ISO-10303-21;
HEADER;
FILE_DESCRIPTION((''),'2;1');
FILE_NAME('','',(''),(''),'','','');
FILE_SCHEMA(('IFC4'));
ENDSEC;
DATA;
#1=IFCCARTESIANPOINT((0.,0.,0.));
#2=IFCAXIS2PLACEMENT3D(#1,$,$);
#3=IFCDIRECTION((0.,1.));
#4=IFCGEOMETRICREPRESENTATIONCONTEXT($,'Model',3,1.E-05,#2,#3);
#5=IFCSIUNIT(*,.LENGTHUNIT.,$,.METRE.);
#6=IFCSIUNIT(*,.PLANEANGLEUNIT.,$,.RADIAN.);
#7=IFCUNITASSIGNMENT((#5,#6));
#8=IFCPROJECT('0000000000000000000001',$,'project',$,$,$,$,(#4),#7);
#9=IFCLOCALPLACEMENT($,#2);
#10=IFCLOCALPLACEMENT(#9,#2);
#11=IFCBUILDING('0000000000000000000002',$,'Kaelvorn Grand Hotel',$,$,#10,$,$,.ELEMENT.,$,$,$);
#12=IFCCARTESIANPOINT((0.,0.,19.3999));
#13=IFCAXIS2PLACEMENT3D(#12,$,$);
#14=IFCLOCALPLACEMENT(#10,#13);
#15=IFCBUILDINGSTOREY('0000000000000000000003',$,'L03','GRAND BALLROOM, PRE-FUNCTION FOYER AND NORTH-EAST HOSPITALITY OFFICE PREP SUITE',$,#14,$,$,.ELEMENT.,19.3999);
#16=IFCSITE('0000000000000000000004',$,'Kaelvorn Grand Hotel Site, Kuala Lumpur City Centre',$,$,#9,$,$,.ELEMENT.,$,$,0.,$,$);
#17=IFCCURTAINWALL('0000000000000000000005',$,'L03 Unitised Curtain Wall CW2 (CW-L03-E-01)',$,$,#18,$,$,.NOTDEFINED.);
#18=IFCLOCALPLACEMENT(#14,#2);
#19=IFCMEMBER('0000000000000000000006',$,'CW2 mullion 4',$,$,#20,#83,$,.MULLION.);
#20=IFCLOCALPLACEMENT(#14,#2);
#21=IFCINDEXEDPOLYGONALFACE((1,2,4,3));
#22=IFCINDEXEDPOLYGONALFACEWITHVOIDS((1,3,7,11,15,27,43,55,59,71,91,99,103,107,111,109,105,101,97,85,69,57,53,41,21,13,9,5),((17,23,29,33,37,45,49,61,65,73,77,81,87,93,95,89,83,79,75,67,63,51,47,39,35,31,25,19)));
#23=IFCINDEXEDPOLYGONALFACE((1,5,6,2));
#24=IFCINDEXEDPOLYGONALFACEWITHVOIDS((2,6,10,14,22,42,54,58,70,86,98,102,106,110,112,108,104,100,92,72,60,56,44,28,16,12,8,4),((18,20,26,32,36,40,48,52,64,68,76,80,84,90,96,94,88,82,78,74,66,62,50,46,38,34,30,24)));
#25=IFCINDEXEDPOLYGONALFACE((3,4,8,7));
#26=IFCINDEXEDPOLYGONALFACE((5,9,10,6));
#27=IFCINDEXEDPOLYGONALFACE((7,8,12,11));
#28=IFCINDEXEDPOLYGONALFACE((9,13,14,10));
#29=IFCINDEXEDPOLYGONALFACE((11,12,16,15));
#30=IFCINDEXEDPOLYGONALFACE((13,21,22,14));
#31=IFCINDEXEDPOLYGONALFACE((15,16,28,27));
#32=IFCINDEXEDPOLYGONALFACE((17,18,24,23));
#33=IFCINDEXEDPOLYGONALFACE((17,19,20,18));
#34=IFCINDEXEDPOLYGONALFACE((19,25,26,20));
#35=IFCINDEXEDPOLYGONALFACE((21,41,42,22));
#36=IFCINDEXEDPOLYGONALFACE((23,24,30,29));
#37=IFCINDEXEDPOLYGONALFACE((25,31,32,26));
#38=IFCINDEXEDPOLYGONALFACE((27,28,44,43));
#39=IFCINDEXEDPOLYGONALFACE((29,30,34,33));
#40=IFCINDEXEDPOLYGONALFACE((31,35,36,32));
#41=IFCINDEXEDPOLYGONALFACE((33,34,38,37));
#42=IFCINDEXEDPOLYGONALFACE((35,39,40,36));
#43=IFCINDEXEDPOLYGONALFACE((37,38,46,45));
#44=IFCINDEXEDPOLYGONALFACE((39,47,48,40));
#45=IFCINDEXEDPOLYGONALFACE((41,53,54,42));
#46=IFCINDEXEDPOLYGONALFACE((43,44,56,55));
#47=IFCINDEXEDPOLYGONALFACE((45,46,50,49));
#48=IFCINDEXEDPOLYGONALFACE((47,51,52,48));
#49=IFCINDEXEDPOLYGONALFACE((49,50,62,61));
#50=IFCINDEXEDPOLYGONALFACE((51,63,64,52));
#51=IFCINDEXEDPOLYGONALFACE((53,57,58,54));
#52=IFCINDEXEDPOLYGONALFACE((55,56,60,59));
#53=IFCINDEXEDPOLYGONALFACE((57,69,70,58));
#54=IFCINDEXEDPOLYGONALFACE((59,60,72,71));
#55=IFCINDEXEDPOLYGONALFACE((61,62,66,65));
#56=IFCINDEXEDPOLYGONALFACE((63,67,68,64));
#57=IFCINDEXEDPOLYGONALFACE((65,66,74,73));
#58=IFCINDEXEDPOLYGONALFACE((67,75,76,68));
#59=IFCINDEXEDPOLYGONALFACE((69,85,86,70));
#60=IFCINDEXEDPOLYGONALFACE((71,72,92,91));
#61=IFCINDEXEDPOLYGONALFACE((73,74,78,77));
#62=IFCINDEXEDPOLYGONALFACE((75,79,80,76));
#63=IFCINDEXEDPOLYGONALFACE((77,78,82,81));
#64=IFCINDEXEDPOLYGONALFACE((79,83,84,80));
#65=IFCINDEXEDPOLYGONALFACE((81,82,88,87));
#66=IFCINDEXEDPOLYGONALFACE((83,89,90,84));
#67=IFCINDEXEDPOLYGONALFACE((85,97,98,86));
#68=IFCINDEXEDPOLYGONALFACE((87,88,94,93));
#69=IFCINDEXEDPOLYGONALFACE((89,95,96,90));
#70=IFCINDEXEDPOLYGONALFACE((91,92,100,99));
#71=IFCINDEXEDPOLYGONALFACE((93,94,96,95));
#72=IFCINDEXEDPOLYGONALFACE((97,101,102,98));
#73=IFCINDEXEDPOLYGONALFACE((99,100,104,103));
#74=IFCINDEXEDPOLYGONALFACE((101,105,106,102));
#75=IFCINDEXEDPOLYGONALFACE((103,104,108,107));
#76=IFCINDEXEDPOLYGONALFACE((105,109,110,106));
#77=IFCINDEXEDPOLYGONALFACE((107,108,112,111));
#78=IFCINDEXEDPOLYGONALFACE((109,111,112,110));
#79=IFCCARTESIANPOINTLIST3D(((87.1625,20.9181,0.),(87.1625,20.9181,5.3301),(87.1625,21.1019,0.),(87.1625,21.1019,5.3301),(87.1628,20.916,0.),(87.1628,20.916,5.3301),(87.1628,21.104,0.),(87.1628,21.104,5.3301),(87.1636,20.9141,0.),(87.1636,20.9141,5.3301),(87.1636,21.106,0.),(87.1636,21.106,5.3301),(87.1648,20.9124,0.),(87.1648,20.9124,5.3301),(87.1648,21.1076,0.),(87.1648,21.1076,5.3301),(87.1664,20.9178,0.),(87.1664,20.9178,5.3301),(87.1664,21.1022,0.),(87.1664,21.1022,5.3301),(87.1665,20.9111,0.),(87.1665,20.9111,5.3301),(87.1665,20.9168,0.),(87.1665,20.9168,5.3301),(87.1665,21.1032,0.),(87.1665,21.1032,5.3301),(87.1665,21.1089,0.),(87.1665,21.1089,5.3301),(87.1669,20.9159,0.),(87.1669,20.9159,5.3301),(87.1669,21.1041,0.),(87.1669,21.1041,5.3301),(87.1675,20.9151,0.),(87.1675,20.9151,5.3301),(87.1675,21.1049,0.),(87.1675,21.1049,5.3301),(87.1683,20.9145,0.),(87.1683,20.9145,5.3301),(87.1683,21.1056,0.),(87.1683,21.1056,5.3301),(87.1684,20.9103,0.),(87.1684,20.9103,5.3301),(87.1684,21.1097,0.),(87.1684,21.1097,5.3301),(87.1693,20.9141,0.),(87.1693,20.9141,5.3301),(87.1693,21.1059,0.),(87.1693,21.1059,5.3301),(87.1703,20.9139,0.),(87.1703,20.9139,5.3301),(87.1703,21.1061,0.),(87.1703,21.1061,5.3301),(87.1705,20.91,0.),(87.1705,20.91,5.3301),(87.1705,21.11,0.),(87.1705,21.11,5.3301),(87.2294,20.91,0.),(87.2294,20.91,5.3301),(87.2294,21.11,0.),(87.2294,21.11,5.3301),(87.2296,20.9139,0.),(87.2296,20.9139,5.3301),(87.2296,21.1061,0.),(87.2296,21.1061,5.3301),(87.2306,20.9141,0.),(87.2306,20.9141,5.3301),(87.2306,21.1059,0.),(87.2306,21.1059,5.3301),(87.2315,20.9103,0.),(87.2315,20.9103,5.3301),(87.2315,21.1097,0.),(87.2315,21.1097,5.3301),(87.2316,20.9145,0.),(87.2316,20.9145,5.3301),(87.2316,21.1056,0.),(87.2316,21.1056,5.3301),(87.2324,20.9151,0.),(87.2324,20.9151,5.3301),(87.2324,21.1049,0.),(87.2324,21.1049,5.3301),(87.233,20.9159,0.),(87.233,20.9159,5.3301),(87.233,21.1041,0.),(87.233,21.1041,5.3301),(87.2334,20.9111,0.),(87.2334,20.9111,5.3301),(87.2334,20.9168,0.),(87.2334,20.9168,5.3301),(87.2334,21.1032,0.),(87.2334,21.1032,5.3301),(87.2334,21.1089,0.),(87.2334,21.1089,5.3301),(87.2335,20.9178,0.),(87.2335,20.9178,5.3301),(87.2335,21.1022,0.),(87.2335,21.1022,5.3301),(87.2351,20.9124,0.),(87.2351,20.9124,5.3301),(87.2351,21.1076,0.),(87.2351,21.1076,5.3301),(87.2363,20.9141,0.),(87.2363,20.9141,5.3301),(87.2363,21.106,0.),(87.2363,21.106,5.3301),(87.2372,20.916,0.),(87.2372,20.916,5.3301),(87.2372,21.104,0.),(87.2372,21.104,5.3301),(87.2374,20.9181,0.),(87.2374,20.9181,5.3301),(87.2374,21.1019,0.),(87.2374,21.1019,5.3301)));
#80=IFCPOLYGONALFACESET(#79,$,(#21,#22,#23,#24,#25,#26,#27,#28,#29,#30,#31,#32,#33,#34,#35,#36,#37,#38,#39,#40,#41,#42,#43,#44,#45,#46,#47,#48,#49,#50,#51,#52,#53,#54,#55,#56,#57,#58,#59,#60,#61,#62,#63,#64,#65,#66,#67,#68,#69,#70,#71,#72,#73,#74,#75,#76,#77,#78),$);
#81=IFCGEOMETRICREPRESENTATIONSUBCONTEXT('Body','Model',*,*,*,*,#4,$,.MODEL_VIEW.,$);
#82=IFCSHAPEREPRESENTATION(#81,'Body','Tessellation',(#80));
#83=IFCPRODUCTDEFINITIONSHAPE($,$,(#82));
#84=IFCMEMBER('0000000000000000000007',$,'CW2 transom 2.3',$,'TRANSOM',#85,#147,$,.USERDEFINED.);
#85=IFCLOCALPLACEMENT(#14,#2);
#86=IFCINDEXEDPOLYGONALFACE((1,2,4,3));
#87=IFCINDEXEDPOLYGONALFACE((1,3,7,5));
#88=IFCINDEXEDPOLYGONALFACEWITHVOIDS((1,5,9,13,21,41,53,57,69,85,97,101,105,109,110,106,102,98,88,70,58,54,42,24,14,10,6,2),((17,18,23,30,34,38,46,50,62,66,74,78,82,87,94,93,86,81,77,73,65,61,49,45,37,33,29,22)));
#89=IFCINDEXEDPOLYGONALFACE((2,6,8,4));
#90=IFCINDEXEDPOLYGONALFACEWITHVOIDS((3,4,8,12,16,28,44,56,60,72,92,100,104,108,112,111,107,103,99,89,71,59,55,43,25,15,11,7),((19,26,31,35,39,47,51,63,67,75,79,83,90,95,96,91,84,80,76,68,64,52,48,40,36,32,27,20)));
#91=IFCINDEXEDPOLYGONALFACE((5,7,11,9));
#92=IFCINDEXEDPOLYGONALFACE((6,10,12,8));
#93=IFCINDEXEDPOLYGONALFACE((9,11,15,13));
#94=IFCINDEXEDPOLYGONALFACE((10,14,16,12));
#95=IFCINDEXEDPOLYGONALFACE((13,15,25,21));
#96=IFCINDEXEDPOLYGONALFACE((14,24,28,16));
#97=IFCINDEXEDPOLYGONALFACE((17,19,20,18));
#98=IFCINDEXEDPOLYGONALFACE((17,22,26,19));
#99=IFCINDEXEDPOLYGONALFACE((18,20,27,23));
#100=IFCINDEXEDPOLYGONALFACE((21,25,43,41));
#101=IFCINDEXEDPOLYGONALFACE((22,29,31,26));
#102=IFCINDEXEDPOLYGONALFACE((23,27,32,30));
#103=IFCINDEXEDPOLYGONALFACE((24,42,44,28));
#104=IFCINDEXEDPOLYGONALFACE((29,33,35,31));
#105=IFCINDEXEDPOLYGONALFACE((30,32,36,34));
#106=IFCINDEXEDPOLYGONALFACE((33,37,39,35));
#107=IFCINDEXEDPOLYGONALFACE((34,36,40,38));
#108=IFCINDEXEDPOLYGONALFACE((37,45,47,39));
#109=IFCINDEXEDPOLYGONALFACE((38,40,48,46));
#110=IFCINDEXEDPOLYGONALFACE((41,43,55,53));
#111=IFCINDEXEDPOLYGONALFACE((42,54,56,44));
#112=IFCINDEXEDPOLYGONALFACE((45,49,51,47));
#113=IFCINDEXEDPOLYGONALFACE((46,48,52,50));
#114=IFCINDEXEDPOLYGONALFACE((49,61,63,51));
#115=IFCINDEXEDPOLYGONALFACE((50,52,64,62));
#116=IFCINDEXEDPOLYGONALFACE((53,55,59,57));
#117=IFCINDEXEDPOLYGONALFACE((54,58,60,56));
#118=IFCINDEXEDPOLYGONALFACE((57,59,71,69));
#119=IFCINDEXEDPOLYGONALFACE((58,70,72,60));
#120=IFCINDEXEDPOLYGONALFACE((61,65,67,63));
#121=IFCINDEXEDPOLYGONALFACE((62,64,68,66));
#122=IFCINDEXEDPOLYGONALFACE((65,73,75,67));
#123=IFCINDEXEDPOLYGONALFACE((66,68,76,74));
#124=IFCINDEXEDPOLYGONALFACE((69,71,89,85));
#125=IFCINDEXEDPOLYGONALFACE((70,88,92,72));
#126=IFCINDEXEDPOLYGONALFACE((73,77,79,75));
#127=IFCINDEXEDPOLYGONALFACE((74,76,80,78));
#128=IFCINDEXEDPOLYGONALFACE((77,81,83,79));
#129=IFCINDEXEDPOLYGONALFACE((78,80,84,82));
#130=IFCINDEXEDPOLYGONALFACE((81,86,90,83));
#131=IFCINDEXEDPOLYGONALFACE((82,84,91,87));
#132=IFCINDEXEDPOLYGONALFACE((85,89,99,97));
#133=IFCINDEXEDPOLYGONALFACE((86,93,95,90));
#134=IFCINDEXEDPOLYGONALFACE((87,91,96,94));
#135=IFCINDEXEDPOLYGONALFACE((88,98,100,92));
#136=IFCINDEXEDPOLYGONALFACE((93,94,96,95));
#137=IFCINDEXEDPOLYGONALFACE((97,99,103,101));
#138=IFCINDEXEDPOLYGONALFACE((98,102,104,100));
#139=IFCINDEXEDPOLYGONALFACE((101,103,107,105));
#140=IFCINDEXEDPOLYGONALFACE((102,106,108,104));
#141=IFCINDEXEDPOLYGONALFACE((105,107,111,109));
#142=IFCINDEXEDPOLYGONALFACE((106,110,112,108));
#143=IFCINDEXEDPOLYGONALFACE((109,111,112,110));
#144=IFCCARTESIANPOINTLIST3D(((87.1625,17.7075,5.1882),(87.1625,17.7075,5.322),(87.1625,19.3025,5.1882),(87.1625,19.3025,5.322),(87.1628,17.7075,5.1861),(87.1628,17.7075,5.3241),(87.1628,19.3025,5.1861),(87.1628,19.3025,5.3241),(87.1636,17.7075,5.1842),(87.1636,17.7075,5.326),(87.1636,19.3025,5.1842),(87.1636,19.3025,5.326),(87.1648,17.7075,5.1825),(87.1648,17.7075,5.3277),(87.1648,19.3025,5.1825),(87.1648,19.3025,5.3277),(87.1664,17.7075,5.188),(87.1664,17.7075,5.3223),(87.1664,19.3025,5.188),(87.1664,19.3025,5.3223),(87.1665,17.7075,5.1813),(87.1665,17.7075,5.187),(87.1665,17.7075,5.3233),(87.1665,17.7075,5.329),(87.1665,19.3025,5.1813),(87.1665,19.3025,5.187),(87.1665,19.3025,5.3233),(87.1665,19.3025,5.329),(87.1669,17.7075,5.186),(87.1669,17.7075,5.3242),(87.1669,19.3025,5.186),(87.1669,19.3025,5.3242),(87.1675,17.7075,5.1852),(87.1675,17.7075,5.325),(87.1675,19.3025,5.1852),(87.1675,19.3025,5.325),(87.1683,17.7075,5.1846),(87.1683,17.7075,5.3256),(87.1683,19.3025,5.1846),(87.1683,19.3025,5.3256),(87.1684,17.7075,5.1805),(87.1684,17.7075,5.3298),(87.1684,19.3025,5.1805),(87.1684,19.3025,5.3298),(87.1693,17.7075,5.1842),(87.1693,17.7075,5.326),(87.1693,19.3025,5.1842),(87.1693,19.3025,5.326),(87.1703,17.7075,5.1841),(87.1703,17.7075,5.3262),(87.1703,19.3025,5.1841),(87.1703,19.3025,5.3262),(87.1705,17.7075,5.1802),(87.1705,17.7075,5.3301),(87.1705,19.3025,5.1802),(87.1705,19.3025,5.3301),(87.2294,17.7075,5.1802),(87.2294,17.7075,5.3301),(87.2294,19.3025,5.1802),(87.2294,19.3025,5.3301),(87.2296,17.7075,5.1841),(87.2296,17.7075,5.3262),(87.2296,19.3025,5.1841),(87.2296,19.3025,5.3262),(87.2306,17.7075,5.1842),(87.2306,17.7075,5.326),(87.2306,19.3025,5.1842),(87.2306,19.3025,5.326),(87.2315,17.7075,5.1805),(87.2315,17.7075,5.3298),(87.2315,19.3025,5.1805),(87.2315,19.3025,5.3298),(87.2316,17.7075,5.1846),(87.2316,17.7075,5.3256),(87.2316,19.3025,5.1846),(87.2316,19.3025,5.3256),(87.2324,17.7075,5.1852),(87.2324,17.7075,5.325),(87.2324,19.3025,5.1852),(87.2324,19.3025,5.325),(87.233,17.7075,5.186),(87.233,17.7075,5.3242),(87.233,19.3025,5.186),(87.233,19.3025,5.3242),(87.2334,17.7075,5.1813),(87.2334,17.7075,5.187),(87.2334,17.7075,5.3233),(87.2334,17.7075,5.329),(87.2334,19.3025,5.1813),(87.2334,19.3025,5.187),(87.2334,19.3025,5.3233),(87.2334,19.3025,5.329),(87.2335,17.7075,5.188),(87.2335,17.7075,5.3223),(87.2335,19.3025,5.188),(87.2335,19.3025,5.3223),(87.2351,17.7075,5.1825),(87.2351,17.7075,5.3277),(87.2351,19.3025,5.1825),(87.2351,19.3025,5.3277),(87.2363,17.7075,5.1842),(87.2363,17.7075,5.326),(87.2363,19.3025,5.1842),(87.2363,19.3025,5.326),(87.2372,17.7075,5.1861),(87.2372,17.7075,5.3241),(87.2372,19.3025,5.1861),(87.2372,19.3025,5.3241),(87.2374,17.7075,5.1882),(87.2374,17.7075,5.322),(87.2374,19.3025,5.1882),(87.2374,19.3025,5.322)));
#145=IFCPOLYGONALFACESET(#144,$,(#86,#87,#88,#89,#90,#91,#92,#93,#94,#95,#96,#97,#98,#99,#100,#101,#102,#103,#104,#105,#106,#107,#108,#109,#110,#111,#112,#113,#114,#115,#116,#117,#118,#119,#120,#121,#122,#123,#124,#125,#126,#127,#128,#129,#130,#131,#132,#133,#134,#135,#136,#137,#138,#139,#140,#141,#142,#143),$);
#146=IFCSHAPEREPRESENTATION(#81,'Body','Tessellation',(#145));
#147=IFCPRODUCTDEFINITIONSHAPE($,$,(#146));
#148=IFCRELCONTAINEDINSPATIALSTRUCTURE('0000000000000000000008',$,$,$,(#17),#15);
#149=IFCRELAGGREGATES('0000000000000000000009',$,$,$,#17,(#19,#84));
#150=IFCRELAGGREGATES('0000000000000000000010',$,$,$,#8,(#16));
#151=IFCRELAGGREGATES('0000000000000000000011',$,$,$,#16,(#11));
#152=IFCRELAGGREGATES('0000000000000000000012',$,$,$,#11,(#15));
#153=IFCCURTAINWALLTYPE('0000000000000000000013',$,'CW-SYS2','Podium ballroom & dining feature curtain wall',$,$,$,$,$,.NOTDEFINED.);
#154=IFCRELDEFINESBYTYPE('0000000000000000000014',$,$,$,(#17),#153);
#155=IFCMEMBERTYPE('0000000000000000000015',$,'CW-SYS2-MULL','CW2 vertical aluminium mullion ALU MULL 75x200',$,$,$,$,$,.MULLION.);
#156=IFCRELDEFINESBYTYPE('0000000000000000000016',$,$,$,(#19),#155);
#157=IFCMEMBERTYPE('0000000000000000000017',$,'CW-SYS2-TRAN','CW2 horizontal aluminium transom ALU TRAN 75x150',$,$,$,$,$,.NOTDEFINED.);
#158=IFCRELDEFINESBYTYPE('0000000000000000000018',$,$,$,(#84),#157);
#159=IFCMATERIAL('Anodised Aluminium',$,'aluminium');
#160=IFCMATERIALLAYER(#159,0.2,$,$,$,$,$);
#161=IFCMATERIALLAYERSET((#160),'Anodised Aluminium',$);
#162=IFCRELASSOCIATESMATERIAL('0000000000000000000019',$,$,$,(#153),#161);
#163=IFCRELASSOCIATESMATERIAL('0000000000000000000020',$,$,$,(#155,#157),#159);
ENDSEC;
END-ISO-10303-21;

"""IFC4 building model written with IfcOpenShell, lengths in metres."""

from ifc_helpers import new_model, si_unit, direction, frame, origin, origin_2d, place, context, subcontext, project, spatial, hollow_rectangle, extrude, material, layer, layer_set, material_profile, profile_set, type_object, element, aggregate, save


model = new_model("IFC4")

# Units and contexts
model_context = context("Model", 3, precision=1e-05, world=origin(), true_north=direction((0.0, 1.0)))
body_context = subcontext(model_context, "Body", "Model", "MODEL_VIEW")
ifc_project = project(units=[si_unit("LENGTHUNIT", "METRE"), si_unit("PLANEANGLEUNIT", "RADIAN")], contexts=[model_context])

# Site, building, storey
site_placement = place(None, origin())
site = spatial("IfcSite", under=ifc_project, at=site_placement, Name="Kaelvorn Grand Hotel Site, Kuala Lumpur City Centre", CompositionType="ELEMENT", RefElevation=0.0)
building_placement = place(site_placement, origin())
building = spatial("IfcBuilding", under=site, at=building_placement, Name="Kaelvorn Grand Hotel", CompositionType="ELEMENT")
storey_placement = place(building_placement, frame((0.0, 0.0, 19.3999)))
storey = spatial("IfcBuildingStorey", under=building, at=storey_placement, Name="L03", Description="GRAND BALLROOM, PRE-FUNCTION FOYER AND NORTH-EAST HOSPITALITY OFFICE PREP SUITE", CompositionType="ELEMENT", Elevation=19.3999)

# Curtain wall, members
ifc_material_1 = material(Name="Anodised Aluminium", Category="aluminium")
ifc_layer_1 = layer(ifc_material_1, 0.2)
ifc_layer_set_1 = layer_set([ifc_layer_1], Name="Anodised Aluminium")
curtain_wall_type = type_object("IfcCurtainWallType", Name="CW-SYS2", Description="Podium ballroom & dining feature curtain wall", PredefinedType="NOTDEFINED", material=ifc_layer_set_1)
curtain_wall_placement = place(storey_placement, origin())
curtain_wall = element("IfcCurtainWall", 1, at=curtain_wall_placement, inside=storey, type_object=curtain_wall_type, Name="L03 Unitised Curtain Wall CW2 (CW-L03-E-01)", PredefinedType="NOTDEFINED")
ifc_material_profile_1 = material_profile(ifc_material_1, hollow_rectangle(XDim=0.075, YDim=0.2, WallThickness=0.0039, InnerFilletRadius=0.0039, OuterFilletRadius=0.0081, at=origin_2d()), Name="ALU MULL 75x200")
ifc_profile_set_1 = profile_set([ifc_material_profile_1], Name="Anodised Aluminium")
member_type_1 = type_object("IfcMemberType", Name="CW-SYS2-MULL", Description="CW2 vertical aluminium mullion ALU MULL 75x200", PredefinedType="MULLION", material=ifc_profile_set_1)
member_1_placement = place(storey_placement, frame((87.2, 21.01, 0.0), z_axis=(0.0, 0.0, 1.0), x_axis=(-1.0, 0.0, 0.0)))
member_1 = element("IfcMember", 2, at=member_1_placement, type_object=member_type_1, Name="CW2 mullion 4", PredefinedType="MULLION", context=body_context, shape_type="SweptSolid", body=[
    extrude(hollow_rectangle(XDim=0.075, YDim=0.2, WallThickness=0.0039, InnerFilletRadius=0.0039, OuterFilletRadius=0.0081, at=origin_2d()), origin(), (0.0, 0.0, 1.0), 5.3301),
])
ifc_material_profile_2 = material_profile(ifc_material_1, hollow_rectangle(XDim=0.075, YDim=0.1499, WallThickness=0.0039, InnerFilletRadius=0.0039, OuterFilletRadius=0.0081, at=origin_2d()), Name="ALU TRAN 75x150")
ifc_profile_set_2 = profile_set([ifc_material_profile_2], Name="Anodised Aluminium")
member_type_2 = type_object("IfcMemberType", Name="CW-SYS2-TRAN", Description="CW2 horizontal aluminium transom ALU TRAN 75x150", PredefinedType="NOTDEFINED", material=ifc_profile_set_2)
member_2_placement = place(storey_placement, frame((87.2, 17.7075, 5.2551), z_axis=(0.0, 1.0, 0.0), x_axis=(-1.0, 0.0, 0.0)))
member_2 = element("IfcMember", 3, at=member_2_placement, type_object=member_type_2, Name="CW2 transom 2.3", ObjectType="TRANSOM", PredefinedType="USERDEFINED", context=body_context, shape_type="SweptSolid", body=[
    extrude(hollow_rectangle(XDim=0.075, YDim=0.1499, WallThickness=0.0039, InnerFilletRadius=0.0039, OuterFilletRadius=0.0081, at=origin_2d()), origin(), (0.0, 0.0, 1.0), 1.595),
])
aggregate(curtain_wall, [member_1, member_2])

save(model, "model.ifc")
